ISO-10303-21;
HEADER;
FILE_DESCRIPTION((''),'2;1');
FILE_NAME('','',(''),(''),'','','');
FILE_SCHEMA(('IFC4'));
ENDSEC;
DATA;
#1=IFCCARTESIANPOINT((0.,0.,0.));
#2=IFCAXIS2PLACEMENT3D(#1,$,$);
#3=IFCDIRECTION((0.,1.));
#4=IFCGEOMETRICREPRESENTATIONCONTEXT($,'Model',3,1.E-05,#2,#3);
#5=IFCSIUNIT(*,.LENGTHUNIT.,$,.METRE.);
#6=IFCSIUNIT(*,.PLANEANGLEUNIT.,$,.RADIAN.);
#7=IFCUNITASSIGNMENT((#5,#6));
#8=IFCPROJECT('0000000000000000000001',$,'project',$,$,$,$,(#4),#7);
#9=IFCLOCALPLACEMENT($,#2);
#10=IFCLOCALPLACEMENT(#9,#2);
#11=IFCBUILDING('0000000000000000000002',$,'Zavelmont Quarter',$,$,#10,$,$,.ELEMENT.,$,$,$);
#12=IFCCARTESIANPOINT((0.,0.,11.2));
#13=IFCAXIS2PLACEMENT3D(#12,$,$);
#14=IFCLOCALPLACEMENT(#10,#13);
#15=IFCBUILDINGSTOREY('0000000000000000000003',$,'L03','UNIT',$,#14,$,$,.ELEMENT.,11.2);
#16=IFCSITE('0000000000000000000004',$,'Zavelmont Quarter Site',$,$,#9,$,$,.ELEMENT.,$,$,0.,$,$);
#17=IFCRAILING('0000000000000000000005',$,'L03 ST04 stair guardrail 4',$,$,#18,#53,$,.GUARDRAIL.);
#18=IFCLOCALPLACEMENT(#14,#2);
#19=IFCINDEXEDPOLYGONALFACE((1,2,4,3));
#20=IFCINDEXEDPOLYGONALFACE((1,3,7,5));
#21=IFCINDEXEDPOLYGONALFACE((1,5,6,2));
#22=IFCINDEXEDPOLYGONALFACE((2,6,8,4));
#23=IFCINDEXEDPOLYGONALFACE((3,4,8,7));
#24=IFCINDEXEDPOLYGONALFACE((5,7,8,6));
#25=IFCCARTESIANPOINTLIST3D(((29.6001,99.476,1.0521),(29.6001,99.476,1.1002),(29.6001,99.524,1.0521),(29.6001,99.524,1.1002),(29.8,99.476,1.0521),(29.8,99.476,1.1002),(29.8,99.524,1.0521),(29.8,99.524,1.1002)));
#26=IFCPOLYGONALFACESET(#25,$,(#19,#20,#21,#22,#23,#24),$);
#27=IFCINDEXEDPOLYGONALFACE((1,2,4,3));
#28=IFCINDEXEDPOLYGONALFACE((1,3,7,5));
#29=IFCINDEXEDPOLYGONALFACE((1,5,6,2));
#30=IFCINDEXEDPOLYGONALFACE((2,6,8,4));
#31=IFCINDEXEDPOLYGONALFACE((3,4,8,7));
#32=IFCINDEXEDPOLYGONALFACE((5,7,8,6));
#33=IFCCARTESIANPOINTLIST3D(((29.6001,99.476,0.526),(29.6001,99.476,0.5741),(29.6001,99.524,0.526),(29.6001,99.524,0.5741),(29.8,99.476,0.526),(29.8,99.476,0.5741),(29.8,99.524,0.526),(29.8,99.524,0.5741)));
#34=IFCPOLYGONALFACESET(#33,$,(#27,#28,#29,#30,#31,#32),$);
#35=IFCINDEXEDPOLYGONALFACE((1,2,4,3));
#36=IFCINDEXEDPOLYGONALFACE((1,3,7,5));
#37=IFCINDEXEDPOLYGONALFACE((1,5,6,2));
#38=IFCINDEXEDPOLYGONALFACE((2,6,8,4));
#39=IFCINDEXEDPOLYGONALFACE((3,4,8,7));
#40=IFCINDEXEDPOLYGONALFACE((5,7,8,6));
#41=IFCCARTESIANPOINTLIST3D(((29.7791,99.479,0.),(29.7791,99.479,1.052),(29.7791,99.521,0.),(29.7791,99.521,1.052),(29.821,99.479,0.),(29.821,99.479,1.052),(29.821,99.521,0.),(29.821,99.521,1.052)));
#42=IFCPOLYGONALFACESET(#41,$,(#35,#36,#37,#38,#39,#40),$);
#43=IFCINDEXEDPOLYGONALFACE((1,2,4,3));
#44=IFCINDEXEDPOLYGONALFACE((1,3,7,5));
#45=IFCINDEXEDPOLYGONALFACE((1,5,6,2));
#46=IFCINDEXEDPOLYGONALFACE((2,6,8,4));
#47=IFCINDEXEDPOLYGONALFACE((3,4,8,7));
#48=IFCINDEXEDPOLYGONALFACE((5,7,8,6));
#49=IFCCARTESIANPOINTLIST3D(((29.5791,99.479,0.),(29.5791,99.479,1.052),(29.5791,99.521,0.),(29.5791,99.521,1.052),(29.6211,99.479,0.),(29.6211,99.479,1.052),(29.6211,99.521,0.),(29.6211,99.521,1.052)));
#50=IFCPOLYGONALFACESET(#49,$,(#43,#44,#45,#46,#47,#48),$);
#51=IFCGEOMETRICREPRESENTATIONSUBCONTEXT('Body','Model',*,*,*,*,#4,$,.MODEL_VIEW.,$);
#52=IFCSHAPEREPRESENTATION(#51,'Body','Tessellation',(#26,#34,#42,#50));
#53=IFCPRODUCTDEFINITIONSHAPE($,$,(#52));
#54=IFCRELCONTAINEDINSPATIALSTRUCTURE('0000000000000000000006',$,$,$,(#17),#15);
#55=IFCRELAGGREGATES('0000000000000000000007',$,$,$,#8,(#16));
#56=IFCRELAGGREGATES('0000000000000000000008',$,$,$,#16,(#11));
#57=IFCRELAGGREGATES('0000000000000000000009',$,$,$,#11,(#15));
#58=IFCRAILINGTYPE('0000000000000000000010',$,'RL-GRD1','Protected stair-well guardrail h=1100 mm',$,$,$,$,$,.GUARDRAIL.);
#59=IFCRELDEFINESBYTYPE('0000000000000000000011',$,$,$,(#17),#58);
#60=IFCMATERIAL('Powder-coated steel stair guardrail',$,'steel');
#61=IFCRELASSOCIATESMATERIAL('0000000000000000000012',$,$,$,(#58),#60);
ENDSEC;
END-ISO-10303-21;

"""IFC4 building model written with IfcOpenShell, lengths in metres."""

from ifc_helpers import new_model, si_unit, direction, frame, origin, origin_2d, place, context, subcontext, project, spatial, rectangle, extrude, material, type_object, element, save


model = new_model("IFC4")

# Units and contexts
model_context = context("Model", 3, precision=1e-05, world=origin(), true_north=direction((0.0, 1.0)))
body_context = subcontext(model_context, "Body", "Model", "MODEL_VIEW")
ifc_project = project(units=[si_unit("LENGTHUNIT", "METRE"), si_unit("PLANEANGLEUNIT", "RADIAN")], contexts=[model_context])

# Site, building, storey
site_placement = place(None, origin())
site = spatial("IfcSite", under=ifc_project, at=site_placement, Name="Zavelmont Quarter Site", CompositionType="ELEMENT", RefElevation=0.0)
building_placement = place(site_placement, origin())
building = spatial("IfcBuilding", under=site, at=building_placement, Name="Zavelmont Quarter", CompositionType="ELEMENT")
storey_placement = place(building_placement, frame((0.0, 0.0, 11.2)))
storey = spatial("IfcBuildingStorey", under=building, at=storey_placement, Name="L03", Description="UNIT", CompositionType="ELEMENT", Elevation=11.2)

# Railing
ifc_material_1 = material(Name="Powder-coated steel stair guardrail", Category="steel")
railing_type_1 = type_object("IfcRailingType", Name="RL-GRD1", Description="Protected stair-well guardrail h=1100 mm", PredefinedType="GUARDRAIL", material=ifc_material_1)
railing_1_placement = place(storey_placement, frame((29.8, 99.5, 0.0)))
element("IfcRailing", 1, at=railing_1_placement, inside=storey, type_object=railing_type_1, Name="L03 ST04 stair guardrail 4", PredefinedType="GUARDRAIL", context=body_context, shape_type="SweptSolid", body=[
    extrude(rectangle(XDim=0.0481, YDim=0.0481, at=origin_2d()), frame((0.0, 0.0, 1.0762), z_axis=(-1.0, 0.0, 0.0), x_axis=(0.0, -1.0, 0.0)), (0.0, 0.0, 1.0), 0.2),
    extrude(rectangle(XDim=0.0481, YDim=0.0481, at=origin_2d()), frame((0.0, 0.0, 0.55), z_axis=(-1.0, 0.0, 0.0), x_axis=(0.0, -1.0, 0.0)), (0.0, 0.0, 1.0), 0.2),
    extrude(rectangle(XDim=0.042, YDim=0.042, at=origin_2d()), origin(), (0.0, 0.0, 1.0), 1.052),
    extrude(rectangle(XDim=0.042, YDim=0.042, at=origin_2d()), frame((-0.2, 0.0, 0.0)), (0.0, 0.0, 1.0), 1.052),
])

save(model, "model.ifc")
